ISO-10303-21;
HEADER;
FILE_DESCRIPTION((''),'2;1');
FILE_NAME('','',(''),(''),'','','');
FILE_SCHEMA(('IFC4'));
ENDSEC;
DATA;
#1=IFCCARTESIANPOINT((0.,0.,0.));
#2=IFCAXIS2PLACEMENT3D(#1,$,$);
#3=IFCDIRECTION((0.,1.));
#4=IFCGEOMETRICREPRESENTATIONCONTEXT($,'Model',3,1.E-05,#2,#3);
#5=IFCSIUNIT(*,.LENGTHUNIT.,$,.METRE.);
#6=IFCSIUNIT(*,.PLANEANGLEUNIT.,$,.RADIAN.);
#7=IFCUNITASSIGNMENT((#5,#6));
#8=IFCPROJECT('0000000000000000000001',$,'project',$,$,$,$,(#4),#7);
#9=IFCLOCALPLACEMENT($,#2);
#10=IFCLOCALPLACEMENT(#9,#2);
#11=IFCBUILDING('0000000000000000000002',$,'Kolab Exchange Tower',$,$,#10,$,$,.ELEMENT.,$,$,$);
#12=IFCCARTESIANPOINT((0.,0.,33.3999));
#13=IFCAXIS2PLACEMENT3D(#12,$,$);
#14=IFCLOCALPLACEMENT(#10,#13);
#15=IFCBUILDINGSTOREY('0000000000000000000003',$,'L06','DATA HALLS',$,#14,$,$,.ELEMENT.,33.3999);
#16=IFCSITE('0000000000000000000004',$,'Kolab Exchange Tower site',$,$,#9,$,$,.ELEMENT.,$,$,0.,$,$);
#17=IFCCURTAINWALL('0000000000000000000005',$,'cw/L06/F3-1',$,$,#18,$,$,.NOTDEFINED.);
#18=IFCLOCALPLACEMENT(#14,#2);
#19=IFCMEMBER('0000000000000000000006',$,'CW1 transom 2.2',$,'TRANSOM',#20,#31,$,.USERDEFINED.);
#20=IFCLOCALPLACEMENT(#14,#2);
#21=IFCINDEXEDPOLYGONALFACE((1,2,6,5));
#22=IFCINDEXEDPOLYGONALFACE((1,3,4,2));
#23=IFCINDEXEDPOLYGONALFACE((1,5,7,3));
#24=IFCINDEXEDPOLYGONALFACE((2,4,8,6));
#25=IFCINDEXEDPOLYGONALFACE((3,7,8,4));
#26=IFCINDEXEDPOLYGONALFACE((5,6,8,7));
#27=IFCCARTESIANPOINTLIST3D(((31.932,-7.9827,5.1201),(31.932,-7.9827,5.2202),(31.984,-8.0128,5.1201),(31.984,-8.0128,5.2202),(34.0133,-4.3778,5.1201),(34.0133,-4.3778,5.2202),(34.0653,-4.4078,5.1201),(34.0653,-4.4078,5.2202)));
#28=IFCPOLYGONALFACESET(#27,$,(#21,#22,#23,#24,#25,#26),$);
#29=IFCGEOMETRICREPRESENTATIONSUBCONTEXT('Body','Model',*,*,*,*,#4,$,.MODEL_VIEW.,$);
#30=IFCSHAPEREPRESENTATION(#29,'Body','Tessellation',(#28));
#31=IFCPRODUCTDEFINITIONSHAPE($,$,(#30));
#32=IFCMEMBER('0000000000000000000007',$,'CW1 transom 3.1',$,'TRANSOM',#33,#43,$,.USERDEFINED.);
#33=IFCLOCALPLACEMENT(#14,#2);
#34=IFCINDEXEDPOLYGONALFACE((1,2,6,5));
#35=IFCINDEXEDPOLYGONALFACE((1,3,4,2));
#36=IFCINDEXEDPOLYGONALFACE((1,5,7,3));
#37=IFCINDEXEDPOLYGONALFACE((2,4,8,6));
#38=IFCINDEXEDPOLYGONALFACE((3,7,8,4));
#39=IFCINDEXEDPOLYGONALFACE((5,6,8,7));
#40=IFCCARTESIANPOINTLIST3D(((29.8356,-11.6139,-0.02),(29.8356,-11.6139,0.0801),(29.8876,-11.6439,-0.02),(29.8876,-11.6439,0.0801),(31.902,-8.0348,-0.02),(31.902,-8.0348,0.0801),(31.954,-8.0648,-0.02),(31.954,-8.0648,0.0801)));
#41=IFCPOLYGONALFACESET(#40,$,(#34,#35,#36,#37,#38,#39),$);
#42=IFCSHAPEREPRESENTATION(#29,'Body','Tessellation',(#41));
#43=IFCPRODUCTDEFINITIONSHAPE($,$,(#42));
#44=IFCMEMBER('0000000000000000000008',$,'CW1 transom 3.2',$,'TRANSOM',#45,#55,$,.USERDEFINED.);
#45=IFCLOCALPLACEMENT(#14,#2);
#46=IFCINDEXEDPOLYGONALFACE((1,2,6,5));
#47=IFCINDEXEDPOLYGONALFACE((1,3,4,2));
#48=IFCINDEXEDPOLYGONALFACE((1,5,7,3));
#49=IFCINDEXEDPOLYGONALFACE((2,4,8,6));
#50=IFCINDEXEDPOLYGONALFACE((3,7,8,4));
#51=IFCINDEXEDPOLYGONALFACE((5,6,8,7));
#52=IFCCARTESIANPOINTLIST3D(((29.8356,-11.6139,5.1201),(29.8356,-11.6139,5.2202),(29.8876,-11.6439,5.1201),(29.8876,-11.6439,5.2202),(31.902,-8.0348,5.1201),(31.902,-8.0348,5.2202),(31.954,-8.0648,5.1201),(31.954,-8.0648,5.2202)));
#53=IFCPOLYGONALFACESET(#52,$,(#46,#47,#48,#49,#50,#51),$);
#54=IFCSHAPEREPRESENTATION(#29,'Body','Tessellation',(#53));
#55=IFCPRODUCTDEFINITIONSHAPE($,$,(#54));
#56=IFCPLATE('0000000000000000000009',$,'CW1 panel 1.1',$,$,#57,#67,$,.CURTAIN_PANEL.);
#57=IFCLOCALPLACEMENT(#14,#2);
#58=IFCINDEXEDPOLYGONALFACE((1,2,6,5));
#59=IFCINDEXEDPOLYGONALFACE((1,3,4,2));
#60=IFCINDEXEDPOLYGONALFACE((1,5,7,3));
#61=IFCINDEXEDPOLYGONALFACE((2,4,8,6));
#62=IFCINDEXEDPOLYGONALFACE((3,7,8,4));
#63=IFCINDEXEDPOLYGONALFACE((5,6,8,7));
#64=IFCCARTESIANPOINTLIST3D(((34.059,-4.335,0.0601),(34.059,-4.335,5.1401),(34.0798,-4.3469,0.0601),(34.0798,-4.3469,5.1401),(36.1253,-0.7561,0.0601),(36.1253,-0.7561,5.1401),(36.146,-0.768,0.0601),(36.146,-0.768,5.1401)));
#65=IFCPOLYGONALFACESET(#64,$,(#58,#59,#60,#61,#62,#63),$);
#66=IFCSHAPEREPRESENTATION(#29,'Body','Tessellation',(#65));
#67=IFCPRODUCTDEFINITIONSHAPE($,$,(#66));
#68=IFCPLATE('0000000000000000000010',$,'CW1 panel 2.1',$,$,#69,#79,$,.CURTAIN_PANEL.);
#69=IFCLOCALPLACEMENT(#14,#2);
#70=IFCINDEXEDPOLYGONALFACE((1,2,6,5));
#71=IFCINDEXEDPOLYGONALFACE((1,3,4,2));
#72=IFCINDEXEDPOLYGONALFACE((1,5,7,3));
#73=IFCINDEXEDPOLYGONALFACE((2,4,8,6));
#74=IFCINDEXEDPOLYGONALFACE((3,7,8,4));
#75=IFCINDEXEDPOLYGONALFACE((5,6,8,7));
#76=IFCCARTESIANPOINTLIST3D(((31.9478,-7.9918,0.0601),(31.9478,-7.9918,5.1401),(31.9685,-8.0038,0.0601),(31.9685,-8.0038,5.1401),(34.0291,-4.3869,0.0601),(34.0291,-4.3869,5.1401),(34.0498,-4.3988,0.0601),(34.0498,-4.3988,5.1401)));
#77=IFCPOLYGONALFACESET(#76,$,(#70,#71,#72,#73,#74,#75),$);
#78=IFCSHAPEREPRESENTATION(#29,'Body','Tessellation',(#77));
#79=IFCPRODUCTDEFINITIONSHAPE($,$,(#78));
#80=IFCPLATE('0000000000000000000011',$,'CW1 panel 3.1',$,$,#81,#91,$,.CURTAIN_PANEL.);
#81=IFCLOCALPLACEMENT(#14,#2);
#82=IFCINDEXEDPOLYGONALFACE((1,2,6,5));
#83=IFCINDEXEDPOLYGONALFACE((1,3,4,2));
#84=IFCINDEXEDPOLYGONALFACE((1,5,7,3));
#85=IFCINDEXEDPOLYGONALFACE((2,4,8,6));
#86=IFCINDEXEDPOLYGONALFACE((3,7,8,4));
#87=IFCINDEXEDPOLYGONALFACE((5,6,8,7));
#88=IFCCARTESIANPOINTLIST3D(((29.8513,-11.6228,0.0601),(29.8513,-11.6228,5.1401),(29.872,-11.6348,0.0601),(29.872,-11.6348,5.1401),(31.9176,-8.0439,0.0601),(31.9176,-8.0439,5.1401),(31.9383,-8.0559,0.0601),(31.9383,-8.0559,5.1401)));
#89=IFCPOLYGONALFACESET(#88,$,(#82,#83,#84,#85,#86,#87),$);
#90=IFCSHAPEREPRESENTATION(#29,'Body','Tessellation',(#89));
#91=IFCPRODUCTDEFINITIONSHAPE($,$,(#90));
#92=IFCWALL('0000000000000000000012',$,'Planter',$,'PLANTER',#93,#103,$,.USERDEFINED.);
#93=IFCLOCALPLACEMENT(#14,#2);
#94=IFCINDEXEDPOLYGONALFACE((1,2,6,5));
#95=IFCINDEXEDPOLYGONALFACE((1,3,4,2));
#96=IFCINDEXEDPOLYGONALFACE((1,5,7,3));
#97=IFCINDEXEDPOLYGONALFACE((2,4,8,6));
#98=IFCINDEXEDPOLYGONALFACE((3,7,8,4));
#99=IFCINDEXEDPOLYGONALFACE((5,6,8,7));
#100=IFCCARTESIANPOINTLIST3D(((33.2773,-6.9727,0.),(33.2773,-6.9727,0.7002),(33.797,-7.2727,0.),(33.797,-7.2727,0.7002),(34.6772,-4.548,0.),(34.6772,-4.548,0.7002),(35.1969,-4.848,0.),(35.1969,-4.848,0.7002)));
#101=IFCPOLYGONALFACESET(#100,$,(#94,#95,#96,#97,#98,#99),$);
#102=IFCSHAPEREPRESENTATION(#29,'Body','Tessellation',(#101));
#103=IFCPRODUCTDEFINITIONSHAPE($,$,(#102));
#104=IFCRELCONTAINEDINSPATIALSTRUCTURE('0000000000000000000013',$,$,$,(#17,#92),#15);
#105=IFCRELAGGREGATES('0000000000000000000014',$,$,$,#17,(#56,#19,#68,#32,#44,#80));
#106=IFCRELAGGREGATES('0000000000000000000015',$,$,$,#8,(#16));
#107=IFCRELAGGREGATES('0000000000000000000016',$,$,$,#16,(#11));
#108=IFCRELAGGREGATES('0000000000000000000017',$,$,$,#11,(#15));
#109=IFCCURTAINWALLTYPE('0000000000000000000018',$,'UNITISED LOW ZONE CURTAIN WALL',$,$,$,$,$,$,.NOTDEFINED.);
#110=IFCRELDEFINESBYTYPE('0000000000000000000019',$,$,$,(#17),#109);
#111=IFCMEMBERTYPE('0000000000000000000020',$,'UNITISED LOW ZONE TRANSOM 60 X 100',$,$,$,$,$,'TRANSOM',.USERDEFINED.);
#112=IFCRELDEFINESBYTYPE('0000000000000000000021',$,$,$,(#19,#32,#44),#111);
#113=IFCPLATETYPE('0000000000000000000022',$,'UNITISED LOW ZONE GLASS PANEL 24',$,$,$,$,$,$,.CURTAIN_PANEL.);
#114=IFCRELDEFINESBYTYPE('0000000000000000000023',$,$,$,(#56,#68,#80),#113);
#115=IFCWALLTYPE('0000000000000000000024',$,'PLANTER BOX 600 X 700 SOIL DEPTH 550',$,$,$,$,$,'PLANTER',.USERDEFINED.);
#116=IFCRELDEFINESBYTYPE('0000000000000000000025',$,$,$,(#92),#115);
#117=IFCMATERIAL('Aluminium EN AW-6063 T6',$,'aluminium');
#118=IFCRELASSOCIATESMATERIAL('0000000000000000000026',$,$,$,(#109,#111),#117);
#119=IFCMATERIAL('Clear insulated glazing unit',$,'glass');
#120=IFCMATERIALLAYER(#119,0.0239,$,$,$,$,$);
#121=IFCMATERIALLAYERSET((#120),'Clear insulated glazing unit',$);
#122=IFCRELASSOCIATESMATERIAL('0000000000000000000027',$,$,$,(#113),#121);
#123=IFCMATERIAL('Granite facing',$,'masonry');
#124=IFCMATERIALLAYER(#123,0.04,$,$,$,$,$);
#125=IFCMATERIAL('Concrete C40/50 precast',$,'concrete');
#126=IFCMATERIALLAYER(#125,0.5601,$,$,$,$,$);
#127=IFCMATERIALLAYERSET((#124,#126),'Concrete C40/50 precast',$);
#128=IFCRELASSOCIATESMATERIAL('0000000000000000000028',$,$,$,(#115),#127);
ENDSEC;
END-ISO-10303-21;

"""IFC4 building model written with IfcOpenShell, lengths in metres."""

from ifc_helpers import new_model, si_unit, direction, frame, frame_2d, origin, origin_2d, place, context, subcontext, project, spatial, rectangle, extrude, material, layer, layer_set, material_profile, profile_set, type_object, element, aggregate, save


model = new_model("IFC4")

# Units and contexts
model_context = context("Model", 3, precision=1e-05, world=origin(), true_north=direction((0.0, 1.0)))
body_context = subcontext(model_context, "Body", "Model", "MODEL_VIEW")
ifc_project = project(units=[si_unit("LENGTHUNIT", "METRE"), si_unit("PLANEANGLEUNIT", "RADIAN")], contexts=[model_context])

# Site, building, storey
site_placement = place(None, origin())
site = spatial("IfcSite", under=ifc_project, at=site_placement, Name="Kolab Exchange Tower site", CompositionType="ELEMENT", RefElevation=0.0)
building_placement = place(site_placement, origin())
building = spatial("IfcBuilding", under=site, at=building_placement, Name="Kolab Exchange Tower", CompositionType="ELEMENT")
storey_placement = place(building_placement, frame((0.0, 0.0, 33.3999)))
storey = spatial("IfcBuildingStorey", under=building, at=storey_placement, Name="L06", Description="DATA HALLS", CompositionType="ELEMENT", Elevation=33.3999)

# Curtain wall
ifc_material_1 = material(Name="Aluminium EN AW-6063 T6", Category="aluminium")
curtain_wall_type = type_object("IfcCurtainWallType", Name="UNITISED LOW ZONE CURTAIN WALL", PredefinedType="NOTDEFINED", material=ifc_material_1)
curtain_wall_1_placement = place(storey_placement, origin())
curtain_wall_1 = element("IfcCurtainWall", 1, at=curtain_wall_1_placement, inside=storey, type_object=curtain_wall_type, Name="cw/L06/F3-1", PredefinedType="NOTDEFINED")

# Members
ifc_material_profile_1 = material_profile(ifc_material_1, rectangle(XDim=0.0601, YDim=0.1001, at=origin_2d()), Name="RECT 60X100")
ifc_profile_set_1 = profile_set([ifc_material_profile_1], Name="Aluminium EN AW-6063 T6")
member_type_1 = type_object("IfcMemberType", Name="UNITISED LOW ZONE TRANSOM 60 X 100", ElementType="TRANSOM", PredefinedType="USERDEFINED", material=ifc_profile_set_1)
member_1_placement = place(storey_placement, frame((34.0393, -4.3928, 5.1702), z_axis=(-0.499993, -0.866029, 0.0), x_axis=(0.866029, -0.499993, 0.0)))
member_1 = element("IfcMember", 2, at=member_1_placement, type_object=member_type_1, Name="CW1 transom 2.2", ObjectType="TRANSOM", PredefinedType="USERDEFINED", context=body_context, shape_type="SweptSolid", body=[
    extrude(rectangle(XDim=0.0601, YDim=0.1001, at=origin_2d()), origin(), (0.0, 0.0, 1.0), 4.1626),
])
member_2_placement = place(storey_placement, frame((31.928, -8.0498, 0.03), z_axis=(-0.500002, -0.866024, 0.0), x_axis=(0.866024, -0.500002, 0.0)))
member_2 = element("IfcMember", 3, at=member_2_placement, type_object=member_type_1, Name="CW1 transom 3.1", ObjectType="TRANSOM", PredefinedType="USERDEFINED", context=body_context, shape_type="SweptSolid", body=[
    extrude(rectangle(XDim=0.0601, YDim=0.1001, at=origin_2d()), origin(), (0.0, 0.0, 1.0), 4.1328),
])
member_3_placement = place(storey_placement, frame((31.928, -8.0498, 5.1702), z_axis=(-0.500002, -0.866024, 0.0), x_axis=(0.866024, -0.500002, 0.0)))
member_3 = element("IfcMember", 4, at=member_3_placement, type_object=member_type_1, Name="CW1 transom 3.2", ObjectType="TRANSOM", PredefinedType="USERDEFINED", context=body_context, shape_type="SweptSolid", body=[
    extrude(rectangle(XDim=0.0601, YDim=0.1001, at=origin_2d()), origin(), (0.0, 0.0, 1.0), 4.1328),
])

# Plates
ifc_material_2 = material(Name="Clear insulated glazing unit", Category="glass")
ifc_layer_1 = layer(ifc_material_2, 0.0239)
ifc_layer_set_1 = layer_set([ifc_layer_1], Name="Clear insulated glazing unit")
plate_type = type_object("IfcPlateType", Name="UNITISED LOW ZONE GLASS PANEL 24", PredefinedType="CURTAIN_PANEL", material=ifc_layer_set_1)
plate_1_placement = place(storey_placement, frame((35.1025, -2.5515, 0.0601), z_axis=(0.0, 0.0, 1.0), x_axis=(-0.5, -0.866025, 0.0)))
plate_1 = element("IfcPlate", 5, at=plate_1_placement, type_object=plate_type, Name="CW1 panel 1.1", PredefinedType="CURTAIN_PANEL", context=body_context, shape_type="SweptSolid", body=[
    extrude(rectangle(XDim=4.1326, YDim=0.0239, at=origin_2d()), origin(), (0.0, 0.0, 1.0), 5.0801),
])
plate_2_placement = place(storey_placement, frame((32.9988, -6.1953, 0.0601), z_axis=(0.0, 0.0, 1.0), x_axis=(-0.5, -0.866025, 0.0)))
plate_2 = element("IfcPlate", 6, at=plate_2_placement, type_object=plate_type, Name="CW1 panel 2.1", PredefinedType="CURTAIN_PANEL", context=body_context, shape_type="SweptSolid", body=[
    extrude(rectangle(XDim=4.1626, YDim=0.0239, at=origin_2d()), origin(), (0.0, 0.0, 1.0), 5.0801),
])
plate_3_placement = place(storey_placement, frame((30.8948, -9.8394, 0.0601), z_axis=(0.0, 0.0, 1.0), x_axis=(-0.5, -0.866025, 0.0)))
plate_3 = element("IfcPlate", 7, at=plate_3_placement, type_object=plate_type, Name="CW1 panel 3.1", PredefinedType="CURTAIN_PANEL", context=body_context, shape_type="SweptSolid", body=[
    extrude(rectangle(XDim=4.1326, YDim=0.0239, at=origin_2d()), origin(), (0.0, 0.0, 1.0), 5.0801),
])
aggregate(curtain_wall_1, [plate_1, member_1, plate_2, member_2, member_3, plate_3])

# Wall
ifc_material_3 = material(Name="Granite facing", Category="masonry")
ifc_layer_2 = layer(ifc_material_3, 0.04)
ifc_material_4 = material(Name="Concrete C40/50 precast", Category="concrete")
ifc_layer_3 = layer(ifc_material_4, 0.5601)
ifc_layer_set_2 = layer_set([ifc_layer_2, ifc_layer_3], Name="Concrete C40/50 precast")
wall_type = type_object("IfcWallType", Name="PLANTER BOX 600 X 700 SOIL DEPTH 550", ElementType="PLANTER", PredefinedType="USERDEFINED", material=ifc_layer_set_2)
wall_placement = place(storey_placement, frame((34.937, -4.698, 0.0), z_axis=(0.0, 0.0, 1.0), x_axis=(-0.499984, -0.866035, 0.0)))
element("IfcWall", 8, at=wall_placement, inside=storey, type_object=wall_type, Name="Planter", ObjectType="PLANTER", PredefinedType="USERDEFINED", context=body_context, shape_type="SweptSolid", body=[
    extrude(rectangle(XDim=2.7998, YDim=0.6001, at=frame_2d((1.3999, 0.0))), origin(), (0.0, 0.0, 1.0), 0.7002),
])

save(model, "model.ifc")
